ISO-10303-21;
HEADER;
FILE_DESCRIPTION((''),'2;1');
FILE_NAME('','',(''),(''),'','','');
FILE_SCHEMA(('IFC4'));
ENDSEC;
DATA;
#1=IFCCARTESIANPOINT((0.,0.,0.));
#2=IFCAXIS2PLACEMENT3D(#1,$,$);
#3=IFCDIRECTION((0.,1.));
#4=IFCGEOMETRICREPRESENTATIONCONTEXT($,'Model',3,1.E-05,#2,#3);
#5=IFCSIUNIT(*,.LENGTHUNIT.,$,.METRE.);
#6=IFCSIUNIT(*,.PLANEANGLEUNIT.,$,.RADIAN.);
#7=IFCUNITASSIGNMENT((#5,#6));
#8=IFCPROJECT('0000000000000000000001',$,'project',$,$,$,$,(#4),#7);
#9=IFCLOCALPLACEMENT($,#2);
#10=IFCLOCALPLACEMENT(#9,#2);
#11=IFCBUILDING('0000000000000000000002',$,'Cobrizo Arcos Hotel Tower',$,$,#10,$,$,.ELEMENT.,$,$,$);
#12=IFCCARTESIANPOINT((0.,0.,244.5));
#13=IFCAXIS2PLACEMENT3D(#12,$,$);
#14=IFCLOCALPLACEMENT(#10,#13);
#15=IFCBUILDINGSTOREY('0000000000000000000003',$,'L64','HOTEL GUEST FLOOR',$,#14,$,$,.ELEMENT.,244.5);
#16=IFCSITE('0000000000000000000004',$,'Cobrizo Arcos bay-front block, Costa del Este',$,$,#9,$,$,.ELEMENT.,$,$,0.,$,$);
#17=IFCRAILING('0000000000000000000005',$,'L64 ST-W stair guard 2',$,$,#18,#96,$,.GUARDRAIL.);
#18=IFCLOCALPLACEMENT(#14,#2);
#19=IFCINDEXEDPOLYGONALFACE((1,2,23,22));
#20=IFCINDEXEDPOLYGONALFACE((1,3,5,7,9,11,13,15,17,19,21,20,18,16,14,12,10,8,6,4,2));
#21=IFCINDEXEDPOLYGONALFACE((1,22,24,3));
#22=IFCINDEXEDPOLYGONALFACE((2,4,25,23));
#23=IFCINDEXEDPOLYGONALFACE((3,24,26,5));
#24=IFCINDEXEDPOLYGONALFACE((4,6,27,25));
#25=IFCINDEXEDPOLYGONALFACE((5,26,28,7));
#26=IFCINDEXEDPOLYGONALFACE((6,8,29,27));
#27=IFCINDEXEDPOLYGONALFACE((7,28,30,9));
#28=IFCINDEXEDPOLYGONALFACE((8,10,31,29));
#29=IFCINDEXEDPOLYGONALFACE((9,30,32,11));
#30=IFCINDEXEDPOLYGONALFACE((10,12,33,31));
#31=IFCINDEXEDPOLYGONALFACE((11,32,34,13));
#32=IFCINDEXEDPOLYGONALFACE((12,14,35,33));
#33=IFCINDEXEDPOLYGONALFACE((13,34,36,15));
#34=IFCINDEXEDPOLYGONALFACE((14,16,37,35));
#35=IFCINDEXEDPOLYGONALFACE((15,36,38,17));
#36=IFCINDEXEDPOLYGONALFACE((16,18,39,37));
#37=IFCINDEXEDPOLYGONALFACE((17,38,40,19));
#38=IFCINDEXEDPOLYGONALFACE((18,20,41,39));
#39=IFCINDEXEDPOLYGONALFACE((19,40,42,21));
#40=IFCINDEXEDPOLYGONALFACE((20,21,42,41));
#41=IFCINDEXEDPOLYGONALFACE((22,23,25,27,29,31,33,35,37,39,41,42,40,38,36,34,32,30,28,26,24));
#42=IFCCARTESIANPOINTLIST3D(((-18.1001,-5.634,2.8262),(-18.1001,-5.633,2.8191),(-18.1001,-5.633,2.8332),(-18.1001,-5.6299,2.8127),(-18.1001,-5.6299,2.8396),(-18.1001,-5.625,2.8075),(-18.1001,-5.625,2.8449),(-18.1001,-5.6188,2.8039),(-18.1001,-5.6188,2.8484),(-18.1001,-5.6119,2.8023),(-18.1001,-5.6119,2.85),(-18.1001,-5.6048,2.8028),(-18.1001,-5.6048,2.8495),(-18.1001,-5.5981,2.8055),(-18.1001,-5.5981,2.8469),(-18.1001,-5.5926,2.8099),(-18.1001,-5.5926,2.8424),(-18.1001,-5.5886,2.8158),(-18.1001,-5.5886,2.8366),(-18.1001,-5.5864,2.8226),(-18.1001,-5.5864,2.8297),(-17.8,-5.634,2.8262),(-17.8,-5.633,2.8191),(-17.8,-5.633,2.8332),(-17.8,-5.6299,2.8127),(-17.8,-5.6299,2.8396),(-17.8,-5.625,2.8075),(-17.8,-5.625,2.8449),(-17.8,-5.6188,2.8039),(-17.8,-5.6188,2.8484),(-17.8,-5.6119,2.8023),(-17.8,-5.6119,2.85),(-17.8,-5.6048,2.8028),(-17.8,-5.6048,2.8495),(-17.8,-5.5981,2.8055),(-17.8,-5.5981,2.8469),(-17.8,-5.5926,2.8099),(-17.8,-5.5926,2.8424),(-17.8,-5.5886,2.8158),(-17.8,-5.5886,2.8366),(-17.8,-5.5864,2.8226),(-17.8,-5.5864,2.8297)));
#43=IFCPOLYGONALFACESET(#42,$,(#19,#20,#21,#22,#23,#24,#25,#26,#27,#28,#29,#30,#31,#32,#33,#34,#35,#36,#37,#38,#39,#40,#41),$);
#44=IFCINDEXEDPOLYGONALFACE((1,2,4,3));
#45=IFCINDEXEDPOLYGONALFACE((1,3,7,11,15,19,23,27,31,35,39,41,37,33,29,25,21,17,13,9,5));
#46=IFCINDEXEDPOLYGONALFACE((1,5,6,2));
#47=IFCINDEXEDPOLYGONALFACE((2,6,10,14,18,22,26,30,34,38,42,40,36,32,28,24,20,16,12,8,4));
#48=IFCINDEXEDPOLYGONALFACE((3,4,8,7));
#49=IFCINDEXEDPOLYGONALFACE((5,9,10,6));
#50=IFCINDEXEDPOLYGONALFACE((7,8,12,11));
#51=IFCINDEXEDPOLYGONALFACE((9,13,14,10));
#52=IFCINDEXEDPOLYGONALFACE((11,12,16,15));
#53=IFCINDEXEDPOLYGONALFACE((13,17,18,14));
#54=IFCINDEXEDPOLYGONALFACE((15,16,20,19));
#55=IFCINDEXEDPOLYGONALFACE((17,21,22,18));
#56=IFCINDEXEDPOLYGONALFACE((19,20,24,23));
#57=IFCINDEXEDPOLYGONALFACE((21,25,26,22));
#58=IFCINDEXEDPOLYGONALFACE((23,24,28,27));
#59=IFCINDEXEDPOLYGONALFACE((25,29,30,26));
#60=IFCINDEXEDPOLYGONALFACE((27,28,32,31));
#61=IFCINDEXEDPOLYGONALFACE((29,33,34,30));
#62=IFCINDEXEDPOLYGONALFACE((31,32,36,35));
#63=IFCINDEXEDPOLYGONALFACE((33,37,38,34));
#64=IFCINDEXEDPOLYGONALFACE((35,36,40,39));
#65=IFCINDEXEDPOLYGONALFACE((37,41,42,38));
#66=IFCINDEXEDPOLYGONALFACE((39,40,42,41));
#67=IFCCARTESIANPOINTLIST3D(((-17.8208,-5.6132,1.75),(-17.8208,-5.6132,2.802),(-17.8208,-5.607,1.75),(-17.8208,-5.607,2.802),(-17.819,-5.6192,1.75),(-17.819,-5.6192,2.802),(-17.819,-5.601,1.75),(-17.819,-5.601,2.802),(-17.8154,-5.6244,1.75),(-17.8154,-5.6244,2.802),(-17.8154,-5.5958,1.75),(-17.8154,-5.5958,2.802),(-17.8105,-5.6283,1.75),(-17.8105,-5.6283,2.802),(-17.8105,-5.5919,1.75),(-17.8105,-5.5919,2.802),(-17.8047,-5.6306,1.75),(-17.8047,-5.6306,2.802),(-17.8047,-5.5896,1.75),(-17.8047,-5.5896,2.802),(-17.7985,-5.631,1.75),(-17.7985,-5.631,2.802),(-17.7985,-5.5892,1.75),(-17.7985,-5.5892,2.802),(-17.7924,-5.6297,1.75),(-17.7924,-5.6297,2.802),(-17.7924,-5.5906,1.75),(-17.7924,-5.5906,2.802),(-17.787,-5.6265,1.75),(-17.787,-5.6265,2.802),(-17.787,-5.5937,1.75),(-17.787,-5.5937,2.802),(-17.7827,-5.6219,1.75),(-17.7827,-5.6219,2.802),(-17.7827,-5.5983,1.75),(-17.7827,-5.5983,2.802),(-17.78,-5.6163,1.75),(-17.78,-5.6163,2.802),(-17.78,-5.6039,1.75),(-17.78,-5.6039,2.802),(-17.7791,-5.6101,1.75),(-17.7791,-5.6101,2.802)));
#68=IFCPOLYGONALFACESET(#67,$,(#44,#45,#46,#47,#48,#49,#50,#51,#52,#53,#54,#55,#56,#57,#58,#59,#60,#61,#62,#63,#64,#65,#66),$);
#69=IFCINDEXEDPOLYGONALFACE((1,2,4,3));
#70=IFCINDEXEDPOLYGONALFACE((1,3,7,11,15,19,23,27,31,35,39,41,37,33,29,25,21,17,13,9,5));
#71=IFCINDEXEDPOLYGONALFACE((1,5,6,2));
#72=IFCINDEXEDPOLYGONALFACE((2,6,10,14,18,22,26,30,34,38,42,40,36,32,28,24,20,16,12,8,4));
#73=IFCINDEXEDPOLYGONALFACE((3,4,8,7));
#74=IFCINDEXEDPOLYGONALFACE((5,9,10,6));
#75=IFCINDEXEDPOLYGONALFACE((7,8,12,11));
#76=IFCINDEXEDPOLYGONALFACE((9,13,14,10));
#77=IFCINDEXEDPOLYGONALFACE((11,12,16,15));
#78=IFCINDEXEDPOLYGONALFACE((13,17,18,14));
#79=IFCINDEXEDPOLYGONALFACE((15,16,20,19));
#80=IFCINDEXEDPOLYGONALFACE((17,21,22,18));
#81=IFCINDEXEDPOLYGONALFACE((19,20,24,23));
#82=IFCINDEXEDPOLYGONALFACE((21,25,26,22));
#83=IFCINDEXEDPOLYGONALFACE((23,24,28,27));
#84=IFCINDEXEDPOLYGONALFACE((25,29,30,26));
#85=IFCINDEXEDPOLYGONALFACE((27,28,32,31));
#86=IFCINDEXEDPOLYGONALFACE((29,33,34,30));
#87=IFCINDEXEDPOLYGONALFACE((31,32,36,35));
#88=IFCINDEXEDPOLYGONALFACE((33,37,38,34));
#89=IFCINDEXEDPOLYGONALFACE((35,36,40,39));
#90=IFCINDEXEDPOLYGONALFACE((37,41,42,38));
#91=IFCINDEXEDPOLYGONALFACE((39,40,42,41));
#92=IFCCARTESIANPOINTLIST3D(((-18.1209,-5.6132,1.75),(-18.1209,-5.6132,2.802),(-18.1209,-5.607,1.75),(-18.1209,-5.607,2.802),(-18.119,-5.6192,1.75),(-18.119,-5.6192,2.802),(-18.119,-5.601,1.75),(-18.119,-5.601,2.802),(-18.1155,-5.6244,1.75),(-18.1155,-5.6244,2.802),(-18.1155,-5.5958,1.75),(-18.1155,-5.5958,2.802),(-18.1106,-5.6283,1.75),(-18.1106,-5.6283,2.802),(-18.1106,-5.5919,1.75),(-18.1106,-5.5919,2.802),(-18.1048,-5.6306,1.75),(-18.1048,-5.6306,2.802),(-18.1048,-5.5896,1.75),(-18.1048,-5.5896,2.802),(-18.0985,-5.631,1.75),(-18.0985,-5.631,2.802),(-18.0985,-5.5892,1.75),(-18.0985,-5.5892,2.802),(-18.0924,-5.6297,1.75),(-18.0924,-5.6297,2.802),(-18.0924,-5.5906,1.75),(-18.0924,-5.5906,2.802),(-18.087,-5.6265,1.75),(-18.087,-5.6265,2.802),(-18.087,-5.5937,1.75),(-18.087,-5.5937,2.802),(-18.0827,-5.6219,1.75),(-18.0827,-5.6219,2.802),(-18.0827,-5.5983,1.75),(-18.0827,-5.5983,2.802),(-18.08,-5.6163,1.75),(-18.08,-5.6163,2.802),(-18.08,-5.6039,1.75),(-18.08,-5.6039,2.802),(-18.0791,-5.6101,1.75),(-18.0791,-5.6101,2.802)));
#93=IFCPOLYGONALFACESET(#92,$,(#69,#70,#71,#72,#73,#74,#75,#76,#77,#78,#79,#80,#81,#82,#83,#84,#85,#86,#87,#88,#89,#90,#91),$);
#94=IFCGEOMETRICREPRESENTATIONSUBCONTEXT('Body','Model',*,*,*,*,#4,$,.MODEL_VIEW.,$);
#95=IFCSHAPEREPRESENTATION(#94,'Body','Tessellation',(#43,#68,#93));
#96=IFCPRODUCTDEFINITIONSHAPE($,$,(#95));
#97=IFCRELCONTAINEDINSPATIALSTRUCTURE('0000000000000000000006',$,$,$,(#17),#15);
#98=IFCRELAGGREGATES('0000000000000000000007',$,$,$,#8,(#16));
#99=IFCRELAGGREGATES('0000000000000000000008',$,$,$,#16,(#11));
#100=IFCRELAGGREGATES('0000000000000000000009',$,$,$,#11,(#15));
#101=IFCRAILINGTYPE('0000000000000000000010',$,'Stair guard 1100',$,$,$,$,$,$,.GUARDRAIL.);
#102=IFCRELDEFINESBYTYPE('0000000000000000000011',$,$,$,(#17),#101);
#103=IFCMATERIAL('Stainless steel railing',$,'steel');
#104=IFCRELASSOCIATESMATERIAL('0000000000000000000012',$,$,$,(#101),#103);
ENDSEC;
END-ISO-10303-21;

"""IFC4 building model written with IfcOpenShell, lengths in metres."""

from ifc_helpers import new_model, si_unit, direction, frame, origin, origin_2d, place, context, subcontext, project, spatial, circle, extrude, material, type_object, element, save


model = new_model("IFC4")

# Units and contexts
model_context = context("Model", 3, precision=1e-05, world=origin(), true_north=direction((0.0, 1.0)))
body_context = subcontext(model_context, "Body", "Model", "MODEL_VIEW")
ifc_project = project(units=[si_unit("LENGTHUNIT", "METRE"), si_unit("PLANEANGLEUNIT", "RADIAN")], contexts=[model_context])

# Site, building, storey
site_placement = place(None, origin())
site = spatial("IfcSite", under=ifc_project, at=site_placement, Name="Cobrizo Arcos bay-front block, Costa del Este", CompositionType="ELEMENT", RefElevation=0.0)
building_placement = place(site_placement, origin())
building = spatial("IfcBuilding", under=site, at=building_placement, Name="Cobrizo Arcos Hotel Tower", CompositionType="ELEMENT")
storey_placement = place(building_placement, frame((0.0, 0.0, 244.5)))
storey = spatial("IfcBuildingStorey", under=building, at=storey_placement, Name="L64", Description="HOTEL GUEST FLOOR", CompositionType="ELEMENT", Elevation=244.5)

# Railing
ifc_material_1 = material(Name="Stainless steel railing", Category="steel")
railing_type_1 = type_object("IfcRailingType", Name="Stair guard 1100", PredefinedType="GUARDRAIL", material=ifc_material_1)
railing_1_placement = place(storey_placement, frame((-17.8, -5.6101, 1.75)))
element("IfcRailing", 1, at=railing_1_placement, inside=storey, type_object=railing_type_1, Name="L64 ST-W stair guard 2", PredefinedType="GUARDRAIL", context=body_context, shape_type="SweptSolid", body=[
    extrude(circle(Radius=0.0239, at=origin_2d()), frame((0.0, 0.0, 1.0762), z_axis=(-1.0, 0.0, 0.0), x_axis=(0.0, -1.0, 0.0)), (0.0, 0.0, 1.0), 0.3),
    extrude(circle(Radius=0.021, at=origin_2d()), origin(), (0.0, 0.0, 1.0), 1.052),
    extrude(circle(Radius=0.021, at=origin_2d()), frame((-0.3, 0.0, 0.0)), (0.0, 0.0, 1.0), 1.052),
])

save(model, "model.ifc")
